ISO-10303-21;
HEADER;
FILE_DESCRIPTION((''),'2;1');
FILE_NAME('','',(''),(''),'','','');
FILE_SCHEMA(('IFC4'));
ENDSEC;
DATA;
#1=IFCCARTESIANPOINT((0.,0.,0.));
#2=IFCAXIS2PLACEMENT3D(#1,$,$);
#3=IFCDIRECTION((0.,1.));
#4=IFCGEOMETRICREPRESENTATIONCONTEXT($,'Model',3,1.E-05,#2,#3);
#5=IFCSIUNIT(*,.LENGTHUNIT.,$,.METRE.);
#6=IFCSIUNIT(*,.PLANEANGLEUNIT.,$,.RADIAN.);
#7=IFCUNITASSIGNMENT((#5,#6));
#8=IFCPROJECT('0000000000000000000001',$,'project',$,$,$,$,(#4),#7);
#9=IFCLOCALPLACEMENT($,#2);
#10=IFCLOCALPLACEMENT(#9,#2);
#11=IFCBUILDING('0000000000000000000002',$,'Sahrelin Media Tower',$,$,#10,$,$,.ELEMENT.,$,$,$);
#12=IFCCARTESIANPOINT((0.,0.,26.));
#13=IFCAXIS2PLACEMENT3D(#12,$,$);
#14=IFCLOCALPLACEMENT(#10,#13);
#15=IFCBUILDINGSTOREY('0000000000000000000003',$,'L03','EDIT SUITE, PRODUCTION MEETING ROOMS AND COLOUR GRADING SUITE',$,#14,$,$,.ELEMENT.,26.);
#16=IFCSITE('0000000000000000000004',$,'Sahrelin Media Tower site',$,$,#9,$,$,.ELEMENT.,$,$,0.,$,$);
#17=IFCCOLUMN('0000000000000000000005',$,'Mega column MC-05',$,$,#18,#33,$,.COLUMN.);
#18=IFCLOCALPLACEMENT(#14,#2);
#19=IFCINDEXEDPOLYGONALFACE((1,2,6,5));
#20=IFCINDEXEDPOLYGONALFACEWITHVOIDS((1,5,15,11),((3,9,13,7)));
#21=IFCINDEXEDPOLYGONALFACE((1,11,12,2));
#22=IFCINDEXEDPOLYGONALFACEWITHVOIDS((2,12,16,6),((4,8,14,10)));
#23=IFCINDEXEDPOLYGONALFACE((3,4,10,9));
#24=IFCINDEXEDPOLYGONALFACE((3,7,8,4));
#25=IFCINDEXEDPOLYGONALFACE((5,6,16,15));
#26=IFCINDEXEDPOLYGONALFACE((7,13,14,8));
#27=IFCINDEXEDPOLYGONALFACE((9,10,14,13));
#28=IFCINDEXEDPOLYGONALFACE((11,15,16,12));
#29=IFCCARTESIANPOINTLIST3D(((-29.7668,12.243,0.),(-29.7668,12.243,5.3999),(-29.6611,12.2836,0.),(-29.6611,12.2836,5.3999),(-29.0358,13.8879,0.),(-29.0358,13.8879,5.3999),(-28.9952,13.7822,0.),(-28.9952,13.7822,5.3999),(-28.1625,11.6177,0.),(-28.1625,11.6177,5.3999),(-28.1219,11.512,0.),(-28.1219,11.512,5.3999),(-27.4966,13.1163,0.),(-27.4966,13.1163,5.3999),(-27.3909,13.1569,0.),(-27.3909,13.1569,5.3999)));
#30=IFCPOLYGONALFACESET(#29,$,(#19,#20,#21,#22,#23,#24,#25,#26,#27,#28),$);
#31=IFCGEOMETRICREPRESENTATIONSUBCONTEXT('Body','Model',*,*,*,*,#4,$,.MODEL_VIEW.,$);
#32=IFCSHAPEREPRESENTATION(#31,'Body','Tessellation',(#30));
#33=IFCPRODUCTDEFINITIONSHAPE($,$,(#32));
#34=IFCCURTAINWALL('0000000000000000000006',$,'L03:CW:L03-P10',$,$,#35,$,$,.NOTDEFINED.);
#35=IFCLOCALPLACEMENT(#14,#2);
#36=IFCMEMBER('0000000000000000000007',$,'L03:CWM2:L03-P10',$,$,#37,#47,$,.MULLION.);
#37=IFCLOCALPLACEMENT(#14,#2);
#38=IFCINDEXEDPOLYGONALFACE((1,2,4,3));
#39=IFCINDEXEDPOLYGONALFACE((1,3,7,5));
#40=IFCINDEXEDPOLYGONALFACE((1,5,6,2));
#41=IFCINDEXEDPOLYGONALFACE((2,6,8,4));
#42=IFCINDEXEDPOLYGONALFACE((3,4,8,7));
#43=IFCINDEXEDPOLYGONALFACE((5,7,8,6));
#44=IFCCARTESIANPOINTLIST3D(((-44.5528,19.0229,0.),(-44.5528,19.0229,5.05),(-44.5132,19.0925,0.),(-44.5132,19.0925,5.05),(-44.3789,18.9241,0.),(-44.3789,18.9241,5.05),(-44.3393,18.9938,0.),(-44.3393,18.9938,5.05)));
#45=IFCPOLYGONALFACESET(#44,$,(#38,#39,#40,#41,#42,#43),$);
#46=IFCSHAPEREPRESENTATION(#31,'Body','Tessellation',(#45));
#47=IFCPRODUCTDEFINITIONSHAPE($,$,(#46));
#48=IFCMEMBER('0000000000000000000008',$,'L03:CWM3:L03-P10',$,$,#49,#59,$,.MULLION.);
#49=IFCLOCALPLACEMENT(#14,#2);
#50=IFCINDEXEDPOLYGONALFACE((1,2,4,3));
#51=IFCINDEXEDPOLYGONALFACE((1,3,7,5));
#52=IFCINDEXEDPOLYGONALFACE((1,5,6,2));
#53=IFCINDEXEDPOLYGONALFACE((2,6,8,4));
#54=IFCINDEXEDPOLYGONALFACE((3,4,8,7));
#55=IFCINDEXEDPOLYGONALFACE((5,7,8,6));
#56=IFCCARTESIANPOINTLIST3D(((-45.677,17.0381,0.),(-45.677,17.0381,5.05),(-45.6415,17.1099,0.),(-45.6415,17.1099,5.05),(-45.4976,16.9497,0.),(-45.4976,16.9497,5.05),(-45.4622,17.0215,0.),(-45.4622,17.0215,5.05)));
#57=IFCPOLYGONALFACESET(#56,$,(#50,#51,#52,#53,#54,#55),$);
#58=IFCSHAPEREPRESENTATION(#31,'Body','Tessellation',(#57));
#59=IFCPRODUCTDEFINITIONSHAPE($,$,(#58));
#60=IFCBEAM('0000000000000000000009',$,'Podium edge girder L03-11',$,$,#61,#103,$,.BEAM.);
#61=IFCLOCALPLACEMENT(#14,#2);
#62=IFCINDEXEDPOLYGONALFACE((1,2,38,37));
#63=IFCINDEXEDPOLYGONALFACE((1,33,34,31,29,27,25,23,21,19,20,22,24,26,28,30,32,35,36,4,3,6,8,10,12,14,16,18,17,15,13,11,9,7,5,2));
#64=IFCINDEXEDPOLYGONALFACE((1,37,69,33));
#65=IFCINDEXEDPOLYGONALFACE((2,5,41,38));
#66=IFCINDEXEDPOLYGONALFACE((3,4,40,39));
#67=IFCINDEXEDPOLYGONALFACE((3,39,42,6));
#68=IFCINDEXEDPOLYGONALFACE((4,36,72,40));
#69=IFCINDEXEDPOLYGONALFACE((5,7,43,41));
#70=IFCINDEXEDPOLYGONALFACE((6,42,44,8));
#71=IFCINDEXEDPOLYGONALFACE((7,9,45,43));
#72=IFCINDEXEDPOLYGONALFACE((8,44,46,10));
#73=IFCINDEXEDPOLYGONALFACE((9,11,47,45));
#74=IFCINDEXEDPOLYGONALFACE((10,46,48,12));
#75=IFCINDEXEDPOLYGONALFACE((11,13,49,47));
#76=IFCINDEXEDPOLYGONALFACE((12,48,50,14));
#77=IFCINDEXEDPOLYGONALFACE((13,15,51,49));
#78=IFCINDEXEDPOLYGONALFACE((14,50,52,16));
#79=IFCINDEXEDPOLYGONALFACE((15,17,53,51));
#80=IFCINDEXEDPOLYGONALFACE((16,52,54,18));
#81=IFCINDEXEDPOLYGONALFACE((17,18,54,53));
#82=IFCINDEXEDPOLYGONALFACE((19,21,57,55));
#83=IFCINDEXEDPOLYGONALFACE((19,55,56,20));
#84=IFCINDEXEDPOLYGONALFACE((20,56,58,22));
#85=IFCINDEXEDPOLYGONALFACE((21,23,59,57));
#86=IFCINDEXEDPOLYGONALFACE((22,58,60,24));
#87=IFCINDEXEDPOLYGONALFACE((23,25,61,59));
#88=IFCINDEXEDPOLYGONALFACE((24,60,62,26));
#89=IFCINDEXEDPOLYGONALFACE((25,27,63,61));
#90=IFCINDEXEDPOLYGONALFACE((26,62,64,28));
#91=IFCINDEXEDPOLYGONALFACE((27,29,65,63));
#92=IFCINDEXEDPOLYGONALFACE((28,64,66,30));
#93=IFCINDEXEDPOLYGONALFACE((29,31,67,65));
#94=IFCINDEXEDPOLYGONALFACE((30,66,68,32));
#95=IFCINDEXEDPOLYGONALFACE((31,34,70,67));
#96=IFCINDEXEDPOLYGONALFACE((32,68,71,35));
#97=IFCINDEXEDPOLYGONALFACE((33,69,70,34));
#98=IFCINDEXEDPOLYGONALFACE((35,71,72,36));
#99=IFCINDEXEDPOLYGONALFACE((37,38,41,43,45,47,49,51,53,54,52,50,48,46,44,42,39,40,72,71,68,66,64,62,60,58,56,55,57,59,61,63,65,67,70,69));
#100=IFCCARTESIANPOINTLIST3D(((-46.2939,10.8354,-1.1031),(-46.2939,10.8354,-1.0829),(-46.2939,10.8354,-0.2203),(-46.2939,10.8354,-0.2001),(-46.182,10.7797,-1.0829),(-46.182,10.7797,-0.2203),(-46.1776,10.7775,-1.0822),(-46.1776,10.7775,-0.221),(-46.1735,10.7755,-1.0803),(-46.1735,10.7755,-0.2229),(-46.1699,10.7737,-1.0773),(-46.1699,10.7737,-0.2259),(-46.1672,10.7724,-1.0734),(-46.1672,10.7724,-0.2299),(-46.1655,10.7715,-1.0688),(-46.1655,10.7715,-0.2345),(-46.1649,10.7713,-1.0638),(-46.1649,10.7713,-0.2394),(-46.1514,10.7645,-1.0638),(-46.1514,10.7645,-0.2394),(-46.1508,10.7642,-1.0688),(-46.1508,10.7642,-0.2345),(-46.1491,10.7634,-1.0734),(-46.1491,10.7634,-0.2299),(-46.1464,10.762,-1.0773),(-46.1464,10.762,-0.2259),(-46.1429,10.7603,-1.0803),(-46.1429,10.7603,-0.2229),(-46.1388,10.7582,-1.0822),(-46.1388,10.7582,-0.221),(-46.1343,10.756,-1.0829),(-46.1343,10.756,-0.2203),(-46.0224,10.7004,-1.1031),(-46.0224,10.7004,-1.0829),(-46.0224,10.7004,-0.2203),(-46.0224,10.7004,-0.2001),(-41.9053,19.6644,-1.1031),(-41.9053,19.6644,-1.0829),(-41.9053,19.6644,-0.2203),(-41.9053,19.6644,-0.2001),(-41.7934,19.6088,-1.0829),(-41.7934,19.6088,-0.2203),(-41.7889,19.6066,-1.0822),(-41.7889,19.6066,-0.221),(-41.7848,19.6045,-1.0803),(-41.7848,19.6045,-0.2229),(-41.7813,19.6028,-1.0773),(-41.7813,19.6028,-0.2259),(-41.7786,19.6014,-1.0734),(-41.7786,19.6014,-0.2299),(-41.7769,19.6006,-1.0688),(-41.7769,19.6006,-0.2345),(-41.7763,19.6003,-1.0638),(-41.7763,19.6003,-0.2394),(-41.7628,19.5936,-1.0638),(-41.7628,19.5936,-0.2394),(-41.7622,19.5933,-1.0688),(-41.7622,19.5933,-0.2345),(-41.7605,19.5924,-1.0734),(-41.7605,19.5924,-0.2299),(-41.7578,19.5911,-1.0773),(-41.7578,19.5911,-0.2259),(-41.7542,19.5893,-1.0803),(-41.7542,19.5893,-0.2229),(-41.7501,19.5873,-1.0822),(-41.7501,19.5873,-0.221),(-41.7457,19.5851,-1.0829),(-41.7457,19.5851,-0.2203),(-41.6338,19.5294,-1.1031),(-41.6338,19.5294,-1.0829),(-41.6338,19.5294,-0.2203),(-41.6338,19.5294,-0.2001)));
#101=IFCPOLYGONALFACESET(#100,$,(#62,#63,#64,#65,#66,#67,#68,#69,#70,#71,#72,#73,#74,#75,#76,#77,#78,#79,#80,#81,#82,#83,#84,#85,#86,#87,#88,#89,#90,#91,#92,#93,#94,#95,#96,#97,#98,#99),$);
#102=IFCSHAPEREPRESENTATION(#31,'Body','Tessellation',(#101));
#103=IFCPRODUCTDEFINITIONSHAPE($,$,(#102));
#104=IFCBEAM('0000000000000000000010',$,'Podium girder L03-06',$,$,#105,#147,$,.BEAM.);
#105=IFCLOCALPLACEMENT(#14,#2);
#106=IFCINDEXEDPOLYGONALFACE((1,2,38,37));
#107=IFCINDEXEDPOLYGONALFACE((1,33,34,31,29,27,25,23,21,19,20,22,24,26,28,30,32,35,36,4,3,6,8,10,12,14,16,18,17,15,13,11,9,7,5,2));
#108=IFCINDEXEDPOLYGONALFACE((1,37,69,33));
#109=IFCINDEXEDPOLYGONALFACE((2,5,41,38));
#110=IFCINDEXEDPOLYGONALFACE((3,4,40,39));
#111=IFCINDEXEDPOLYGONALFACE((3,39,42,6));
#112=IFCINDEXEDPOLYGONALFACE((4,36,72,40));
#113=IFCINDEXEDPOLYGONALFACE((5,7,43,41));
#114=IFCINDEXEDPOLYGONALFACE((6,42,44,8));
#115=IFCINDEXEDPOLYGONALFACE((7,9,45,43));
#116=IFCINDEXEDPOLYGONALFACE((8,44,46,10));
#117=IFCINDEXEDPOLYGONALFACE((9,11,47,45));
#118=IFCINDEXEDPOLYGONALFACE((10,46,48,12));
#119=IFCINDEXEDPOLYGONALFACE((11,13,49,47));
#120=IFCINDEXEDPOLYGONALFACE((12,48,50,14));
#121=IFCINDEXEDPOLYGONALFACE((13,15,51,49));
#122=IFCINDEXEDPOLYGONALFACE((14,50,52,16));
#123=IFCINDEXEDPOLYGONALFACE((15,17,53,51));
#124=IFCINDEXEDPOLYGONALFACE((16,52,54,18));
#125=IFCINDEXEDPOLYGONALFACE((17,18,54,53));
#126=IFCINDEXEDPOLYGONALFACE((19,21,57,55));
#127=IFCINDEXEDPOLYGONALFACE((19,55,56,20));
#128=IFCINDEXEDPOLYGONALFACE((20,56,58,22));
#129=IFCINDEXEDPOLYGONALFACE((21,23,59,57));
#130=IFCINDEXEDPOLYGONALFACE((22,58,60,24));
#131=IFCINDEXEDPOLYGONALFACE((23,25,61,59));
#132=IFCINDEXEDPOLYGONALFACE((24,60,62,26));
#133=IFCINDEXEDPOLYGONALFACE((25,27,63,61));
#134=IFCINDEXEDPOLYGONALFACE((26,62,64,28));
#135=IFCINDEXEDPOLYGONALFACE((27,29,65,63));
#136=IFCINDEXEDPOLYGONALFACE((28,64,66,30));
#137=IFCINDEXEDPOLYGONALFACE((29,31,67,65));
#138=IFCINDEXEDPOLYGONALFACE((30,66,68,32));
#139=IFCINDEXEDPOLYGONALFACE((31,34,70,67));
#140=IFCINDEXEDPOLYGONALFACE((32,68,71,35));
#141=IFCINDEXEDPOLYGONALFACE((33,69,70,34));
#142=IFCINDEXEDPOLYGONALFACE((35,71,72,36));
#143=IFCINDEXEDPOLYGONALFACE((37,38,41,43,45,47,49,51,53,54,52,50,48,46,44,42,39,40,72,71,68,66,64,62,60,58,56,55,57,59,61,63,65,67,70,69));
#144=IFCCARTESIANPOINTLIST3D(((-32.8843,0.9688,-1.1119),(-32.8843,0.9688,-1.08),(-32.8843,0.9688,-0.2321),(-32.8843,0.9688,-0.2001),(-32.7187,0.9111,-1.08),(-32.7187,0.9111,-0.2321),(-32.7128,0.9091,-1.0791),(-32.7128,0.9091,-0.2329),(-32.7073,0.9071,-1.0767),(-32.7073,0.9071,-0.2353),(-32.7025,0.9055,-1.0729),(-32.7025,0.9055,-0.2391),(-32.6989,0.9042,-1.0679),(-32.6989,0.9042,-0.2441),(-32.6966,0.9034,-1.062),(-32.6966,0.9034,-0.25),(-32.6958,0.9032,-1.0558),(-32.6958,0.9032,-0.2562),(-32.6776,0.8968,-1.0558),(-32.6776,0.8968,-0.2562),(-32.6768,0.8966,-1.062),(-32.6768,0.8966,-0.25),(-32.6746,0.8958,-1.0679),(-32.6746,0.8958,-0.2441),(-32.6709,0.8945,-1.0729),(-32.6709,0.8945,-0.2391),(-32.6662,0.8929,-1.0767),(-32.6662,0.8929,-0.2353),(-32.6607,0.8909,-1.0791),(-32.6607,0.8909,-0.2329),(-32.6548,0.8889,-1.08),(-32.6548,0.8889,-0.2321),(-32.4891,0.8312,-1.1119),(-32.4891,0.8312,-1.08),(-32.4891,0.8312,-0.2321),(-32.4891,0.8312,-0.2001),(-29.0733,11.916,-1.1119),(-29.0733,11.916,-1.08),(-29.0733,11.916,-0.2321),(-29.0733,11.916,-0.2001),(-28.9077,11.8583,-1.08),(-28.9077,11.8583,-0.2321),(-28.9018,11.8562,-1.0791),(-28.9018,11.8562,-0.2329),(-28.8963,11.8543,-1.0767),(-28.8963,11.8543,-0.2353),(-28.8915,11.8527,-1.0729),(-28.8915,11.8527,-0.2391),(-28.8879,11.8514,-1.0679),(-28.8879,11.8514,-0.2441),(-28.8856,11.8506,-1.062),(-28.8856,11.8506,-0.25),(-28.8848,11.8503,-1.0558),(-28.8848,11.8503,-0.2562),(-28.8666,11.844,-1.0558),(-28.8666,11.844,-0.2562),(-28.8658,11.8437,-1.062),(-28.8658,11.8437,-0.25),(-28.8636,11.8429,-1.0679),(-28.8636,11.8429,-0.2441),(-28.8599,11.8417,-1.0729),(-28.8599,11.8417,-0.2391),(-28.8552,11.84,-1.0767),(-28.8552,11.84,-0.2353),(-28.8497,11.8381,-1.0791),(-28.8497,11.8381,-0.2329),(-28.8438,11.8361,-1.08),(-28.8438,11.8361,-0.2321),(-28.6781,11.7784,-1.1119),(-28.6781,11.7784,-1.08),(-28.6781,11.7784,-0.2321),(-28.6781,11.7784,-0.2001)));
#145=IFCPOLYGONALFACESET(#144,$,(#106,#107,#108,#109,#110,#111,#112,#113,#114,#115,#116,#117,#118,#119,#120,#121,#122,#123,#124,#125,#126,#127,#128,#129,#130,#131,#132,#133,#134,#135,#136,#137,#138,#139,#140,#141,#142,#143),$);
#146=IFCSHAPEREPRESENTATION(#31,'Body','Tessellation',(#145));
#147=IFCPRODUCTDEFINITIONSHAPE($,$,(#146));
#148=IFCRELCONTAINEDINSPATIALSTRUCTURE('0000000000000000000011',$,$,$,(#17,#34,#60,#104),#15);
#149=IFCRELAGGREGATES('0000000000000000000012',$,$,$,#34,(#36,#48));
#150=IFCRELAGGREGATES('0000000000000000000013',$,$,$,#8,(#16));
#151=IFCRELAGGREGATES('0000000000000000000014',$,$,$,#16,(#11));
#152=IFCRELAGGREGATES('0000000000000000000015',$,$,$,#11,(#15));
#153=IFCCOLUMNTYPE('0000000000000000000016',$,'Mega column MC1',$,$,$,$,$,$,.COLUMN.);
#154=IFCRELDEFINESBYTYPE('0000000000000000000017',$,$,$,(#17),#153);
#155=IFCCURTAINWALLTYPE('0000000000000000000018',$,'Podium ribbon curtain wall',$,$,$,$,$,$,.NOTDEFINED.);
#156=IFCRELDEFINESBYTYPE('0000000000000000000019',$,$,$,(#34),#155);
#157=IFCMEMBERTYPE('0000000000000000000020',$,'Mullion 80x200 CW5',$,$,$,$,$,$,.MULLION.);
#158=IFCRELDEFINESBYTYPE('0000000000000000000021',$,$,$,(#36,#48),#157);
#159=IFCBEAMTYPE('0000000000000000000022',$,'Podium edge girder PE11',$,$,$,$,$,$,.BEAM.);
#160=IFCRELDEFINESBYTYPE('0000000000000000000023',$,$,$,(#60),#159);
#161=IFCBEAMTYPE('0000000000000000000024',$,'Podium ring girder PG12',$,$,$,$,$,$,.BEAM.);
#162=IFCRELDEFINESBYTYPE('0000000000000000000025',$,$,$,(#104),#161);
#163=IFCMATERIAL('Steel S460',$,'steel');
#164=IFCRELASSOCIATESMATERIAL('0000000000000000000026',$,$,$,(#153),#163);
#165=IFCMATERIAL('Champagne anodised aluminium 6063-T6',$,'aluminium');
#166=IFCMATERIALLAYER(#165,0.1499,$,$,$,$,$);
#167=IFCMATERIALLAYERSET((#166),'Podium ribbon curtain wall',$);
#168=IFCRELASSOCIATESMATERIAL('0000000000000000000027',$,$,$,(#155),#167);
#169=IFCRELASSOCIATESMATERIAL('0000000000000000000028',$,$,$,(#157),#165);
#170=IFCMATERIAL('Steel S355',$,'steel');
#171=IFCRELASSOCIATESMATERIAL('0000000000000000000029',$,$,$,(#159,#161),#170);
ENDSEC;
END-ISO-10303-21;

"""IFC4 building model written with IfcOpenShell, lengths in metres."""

from ifc_helpers import new_model, si_unit, direction, frame, origin, origin_2d, place, context, subcontext, project, spatial, rectangle, hollow_rectangle, i_section, extrude, material, layer, layer_set, material_profile, profile_set, type_object, element, aggregate, save


model = new_model("IFC4")

# Units and contexts
model_context = context("Model", 3, precision=1e-05, world=origin(), true_north=direction((0.0, 1.0)))
body_context = subcontext(model_context, "Body", "Model", "MODEL_VIEW")
ifc_project = project(units=[si_unit("LENGTHUNIT", "METRE"), si_unit("PLANEANGLEUNIT", "RADIAN")], contexts=[model_context])

# Site, building, storey
site_placement = place(None, origin())
site = spatial("IfcSite", under=ifc_project, at=site_placement, Name="Sahrelin Media Tower site", CompositionType="ELEMENT", RefElevation=0.0)
building_placement = place(site_placement, origin())
building = spatial("IfcBuilding", under=site, at=building_placement, Name="Sahrelin Media Tower", CompositionType="ELEMENT")
storey_placement = place(building_placement, frame((0.0, 0.0, 26.0)))
storey = spatial("IfcBuildingStorey", under=building, at=storey_placement, Name="L03", Description="EDIT SUITE, PRODUCTION MEETING ROOMS AND COLOUR GRADING SUITE", CompositionType="ELEMENT", Elevation=26.0)

# Column
ifc_material_1 = material(Name="Steel S460", Category="steel")
ifc_material_profile_1 = material_profile(ifc_material_1, hollow_rectangle(XDim=1.8, YDim=1.8, WallThickness=0.0801, at=origin_2d()), Name="Mega column MC1")
ifc_profile_set_1 = profile_set([ifc_material_profile_1], Name="Steel S460")
column_type = type_object("IfcColumnType", Name="Mega column MC1", PredefinedType="COLUMN", material=ifc_profile_set_1)
column_placement = place(storey_placement, frame((-28.5789, 12.7, 0.0), z_axis=(0.0, 0.0, 1.0), x_axis=(-0.913831, 0.406094, 0.0)))
element("IfcColumn", 1, at=column_placement, inside=storey, type_object=column_type, Name="Mega column MC-05", PredefinedType="COLUMN", context=body_context, shape_type="SweptSolid", body=[
    extrude(hollow_rectangle(XDim=1.8, YDim=1.8, WallThickness=0.0801, at=origin_2d()), origin(), (0.0, 0.0, 1.0), 5.3999),
])

# Curtain wall, members
ifc_material_2 = material(Name="Champagne anodised aluminium 6063-T6", Category="aluminium")
ifc_layer_1 = layer(ifc_material_2, 0.1499)
ifc_layer_set_1 = layer_set([ifc_layer_1], Name="Podium ribbon curtain wall")
curtain_wall_type = type_object("IfcCurtainWallType", Name="Podium ribbon curtain wall", PredefinedType="NOTDEFINED", material=ifc_layer_set_1)
curtain_wall_placement = place(storey_placement, frame((-43.3013, 21.0, 0.0), z_axis=(0.0, 0.0, 1.0), x_axis=(1.0, 0.0, 0.0)))
curtain_wall = element("IfcCurtainWall", 2, at=curtain_wall_placement, inside=storey, type_object=curtain_wall_type, Name="L03:CW:L03-P10", PredefinedType="NOTDEFINED")
ifc_material_profile_2 = material_profile(ifc_material_2, rectangle(XDim=0.0801, YDim=0.2, at=origin_2d()), Name="Mullion 80x200")
ifc_profile_set_2 = profile_set([ifc_material_profile_2], Name="Champagne anodised aluminium 6063-T6")
member_type_1 = type_object("IfcMemberType", Name="Mullion 80x200 CW5", PredefinedType="MULLION", material=ifc_profile_set_2)
member_1_placement = place(storey_placement, frame((-44.446, 19.0083, 0.0), z_axis=(0.0, 0.0, 1.0), x_axis=(-0.493787, -0.869583, 0.0)))
member_1 = element("IfcMember", 3, at=member_1_placement, type_object=member_type_1, Name="L03:CWM2:L03-P10", PredefinedType="MULLION", context=body_context, shape_type="SweptSolid", body=[
    extrude(rectangle(XDim=0.0801, YDim=0.2, at=origin_2d()), origin(), (0.0, 0.0, 1.0), 5.05),
])
member_2_placement = place(storey_placement, frame((-45.5696, 17.0298, 0.0), z_axis=(0.0, 0.0, 1.0), x_axis=(-0.442262, -0.896886, 0.0)))
member_2 = element("IfcMember", 4, at=member_2_placement, type_object=member_type_1, Name="L03:CWM3:L03-P10", PredefinedType="MULLION", context=body_context, shape_type="SweptSolid", body=[
    extrude(rectangle(XDim=0.0801, YDim=0.2, at=origin_2d()), origin(), (0.0, 0.0, 1.0), 5.05),
])

# Beams
ifc_material_3 = material(Name="Steel S355", Category="steel")
ifc_material_profile_3 = material_profile(ifc_material_3, i_section(OverallWidth=0.3032, OverallDepth=0.9031, WebThickness=0.0151, FlangeThickness=0.0203, FilletRadius=0.019, at=origin_2d()), Name="UB 914x305x201")
ifc_profile_set_3 = profile_set([ifc_material_profile_3], Name="Steel S355")
beam_type_1 = type_object("IfcBeamType", Name="Podium edge girder PE11", PredefinedType="BEAM", material=ifc_profile_set_3)
beam_1_placement = place(storey_placement, frame((-41.7695, 19.5969, -0.6516), z_axis=(-0.445113, -0.895475, 0.0), x_axis=(0.895475, -0.445113, 0.0)))
element("IfcBeam", 5, at=beam_1_placement, inside=storey, type_object=beam_type_1, Name="Podium edge girder L03-11", PredefinedType="BEAM", context=body_context, shape_type="SweptSolid", body=[
    extrude(i_section(OverallWidth=0.3032, OverallDepth=0.9031, WebThickness=0.0151, FlangeThickness=0.0203, FilletRadius=0.019, at=origin_2d()), origin(), (0.0, 0.0, 1.0), 9.8596),
])
ifc_material_profile_4 = material_profile(ifc_material_3, i_section(OverallWidth=0.4185, OverallDepth=0.9119, WebThickness=0.0193, FlangeThickness=0.032, FilletRadius=0.0242, at=origin_2d()), Name="UB 914x419x343")
ifc_profile_set_4 = profile_set([ifc_material_profile_4], Name="Steel S355")
beam_type_2 = type_object("IfcBeamType", Name="Podium ring girder PG12", PredefinedType="BEAM", material=ifc_profile_set_4)
beam_2_placement = place(storey_placement, frame((-28.8757, 11.8472, -0.656), z_axis=(-0.328774, -0.944409, 0.0), x_axis=(0.944409, -0.328774, 0.0)))
element("IfcBeam", 6, at=beam_2_placement, inside=storey, type_object=beam_type_2, Name="Podium girder L03-06", PredefinedType="BEAM", context=body_context, shape_type="SweptSolid", body=[
    extrude(i_section(OverallWidth=0.4185, OverallDepth=0.9119, WebThickness=0.0193, FlangeThickness=0.032, FilletRadius=0.0242, at=origin_2d()), origin(), (0.0, 0.0, 1.0), 11.5916),
])

aggregate(curtain_wall, [member_1, member_2])

save(model, "model.ifc")
